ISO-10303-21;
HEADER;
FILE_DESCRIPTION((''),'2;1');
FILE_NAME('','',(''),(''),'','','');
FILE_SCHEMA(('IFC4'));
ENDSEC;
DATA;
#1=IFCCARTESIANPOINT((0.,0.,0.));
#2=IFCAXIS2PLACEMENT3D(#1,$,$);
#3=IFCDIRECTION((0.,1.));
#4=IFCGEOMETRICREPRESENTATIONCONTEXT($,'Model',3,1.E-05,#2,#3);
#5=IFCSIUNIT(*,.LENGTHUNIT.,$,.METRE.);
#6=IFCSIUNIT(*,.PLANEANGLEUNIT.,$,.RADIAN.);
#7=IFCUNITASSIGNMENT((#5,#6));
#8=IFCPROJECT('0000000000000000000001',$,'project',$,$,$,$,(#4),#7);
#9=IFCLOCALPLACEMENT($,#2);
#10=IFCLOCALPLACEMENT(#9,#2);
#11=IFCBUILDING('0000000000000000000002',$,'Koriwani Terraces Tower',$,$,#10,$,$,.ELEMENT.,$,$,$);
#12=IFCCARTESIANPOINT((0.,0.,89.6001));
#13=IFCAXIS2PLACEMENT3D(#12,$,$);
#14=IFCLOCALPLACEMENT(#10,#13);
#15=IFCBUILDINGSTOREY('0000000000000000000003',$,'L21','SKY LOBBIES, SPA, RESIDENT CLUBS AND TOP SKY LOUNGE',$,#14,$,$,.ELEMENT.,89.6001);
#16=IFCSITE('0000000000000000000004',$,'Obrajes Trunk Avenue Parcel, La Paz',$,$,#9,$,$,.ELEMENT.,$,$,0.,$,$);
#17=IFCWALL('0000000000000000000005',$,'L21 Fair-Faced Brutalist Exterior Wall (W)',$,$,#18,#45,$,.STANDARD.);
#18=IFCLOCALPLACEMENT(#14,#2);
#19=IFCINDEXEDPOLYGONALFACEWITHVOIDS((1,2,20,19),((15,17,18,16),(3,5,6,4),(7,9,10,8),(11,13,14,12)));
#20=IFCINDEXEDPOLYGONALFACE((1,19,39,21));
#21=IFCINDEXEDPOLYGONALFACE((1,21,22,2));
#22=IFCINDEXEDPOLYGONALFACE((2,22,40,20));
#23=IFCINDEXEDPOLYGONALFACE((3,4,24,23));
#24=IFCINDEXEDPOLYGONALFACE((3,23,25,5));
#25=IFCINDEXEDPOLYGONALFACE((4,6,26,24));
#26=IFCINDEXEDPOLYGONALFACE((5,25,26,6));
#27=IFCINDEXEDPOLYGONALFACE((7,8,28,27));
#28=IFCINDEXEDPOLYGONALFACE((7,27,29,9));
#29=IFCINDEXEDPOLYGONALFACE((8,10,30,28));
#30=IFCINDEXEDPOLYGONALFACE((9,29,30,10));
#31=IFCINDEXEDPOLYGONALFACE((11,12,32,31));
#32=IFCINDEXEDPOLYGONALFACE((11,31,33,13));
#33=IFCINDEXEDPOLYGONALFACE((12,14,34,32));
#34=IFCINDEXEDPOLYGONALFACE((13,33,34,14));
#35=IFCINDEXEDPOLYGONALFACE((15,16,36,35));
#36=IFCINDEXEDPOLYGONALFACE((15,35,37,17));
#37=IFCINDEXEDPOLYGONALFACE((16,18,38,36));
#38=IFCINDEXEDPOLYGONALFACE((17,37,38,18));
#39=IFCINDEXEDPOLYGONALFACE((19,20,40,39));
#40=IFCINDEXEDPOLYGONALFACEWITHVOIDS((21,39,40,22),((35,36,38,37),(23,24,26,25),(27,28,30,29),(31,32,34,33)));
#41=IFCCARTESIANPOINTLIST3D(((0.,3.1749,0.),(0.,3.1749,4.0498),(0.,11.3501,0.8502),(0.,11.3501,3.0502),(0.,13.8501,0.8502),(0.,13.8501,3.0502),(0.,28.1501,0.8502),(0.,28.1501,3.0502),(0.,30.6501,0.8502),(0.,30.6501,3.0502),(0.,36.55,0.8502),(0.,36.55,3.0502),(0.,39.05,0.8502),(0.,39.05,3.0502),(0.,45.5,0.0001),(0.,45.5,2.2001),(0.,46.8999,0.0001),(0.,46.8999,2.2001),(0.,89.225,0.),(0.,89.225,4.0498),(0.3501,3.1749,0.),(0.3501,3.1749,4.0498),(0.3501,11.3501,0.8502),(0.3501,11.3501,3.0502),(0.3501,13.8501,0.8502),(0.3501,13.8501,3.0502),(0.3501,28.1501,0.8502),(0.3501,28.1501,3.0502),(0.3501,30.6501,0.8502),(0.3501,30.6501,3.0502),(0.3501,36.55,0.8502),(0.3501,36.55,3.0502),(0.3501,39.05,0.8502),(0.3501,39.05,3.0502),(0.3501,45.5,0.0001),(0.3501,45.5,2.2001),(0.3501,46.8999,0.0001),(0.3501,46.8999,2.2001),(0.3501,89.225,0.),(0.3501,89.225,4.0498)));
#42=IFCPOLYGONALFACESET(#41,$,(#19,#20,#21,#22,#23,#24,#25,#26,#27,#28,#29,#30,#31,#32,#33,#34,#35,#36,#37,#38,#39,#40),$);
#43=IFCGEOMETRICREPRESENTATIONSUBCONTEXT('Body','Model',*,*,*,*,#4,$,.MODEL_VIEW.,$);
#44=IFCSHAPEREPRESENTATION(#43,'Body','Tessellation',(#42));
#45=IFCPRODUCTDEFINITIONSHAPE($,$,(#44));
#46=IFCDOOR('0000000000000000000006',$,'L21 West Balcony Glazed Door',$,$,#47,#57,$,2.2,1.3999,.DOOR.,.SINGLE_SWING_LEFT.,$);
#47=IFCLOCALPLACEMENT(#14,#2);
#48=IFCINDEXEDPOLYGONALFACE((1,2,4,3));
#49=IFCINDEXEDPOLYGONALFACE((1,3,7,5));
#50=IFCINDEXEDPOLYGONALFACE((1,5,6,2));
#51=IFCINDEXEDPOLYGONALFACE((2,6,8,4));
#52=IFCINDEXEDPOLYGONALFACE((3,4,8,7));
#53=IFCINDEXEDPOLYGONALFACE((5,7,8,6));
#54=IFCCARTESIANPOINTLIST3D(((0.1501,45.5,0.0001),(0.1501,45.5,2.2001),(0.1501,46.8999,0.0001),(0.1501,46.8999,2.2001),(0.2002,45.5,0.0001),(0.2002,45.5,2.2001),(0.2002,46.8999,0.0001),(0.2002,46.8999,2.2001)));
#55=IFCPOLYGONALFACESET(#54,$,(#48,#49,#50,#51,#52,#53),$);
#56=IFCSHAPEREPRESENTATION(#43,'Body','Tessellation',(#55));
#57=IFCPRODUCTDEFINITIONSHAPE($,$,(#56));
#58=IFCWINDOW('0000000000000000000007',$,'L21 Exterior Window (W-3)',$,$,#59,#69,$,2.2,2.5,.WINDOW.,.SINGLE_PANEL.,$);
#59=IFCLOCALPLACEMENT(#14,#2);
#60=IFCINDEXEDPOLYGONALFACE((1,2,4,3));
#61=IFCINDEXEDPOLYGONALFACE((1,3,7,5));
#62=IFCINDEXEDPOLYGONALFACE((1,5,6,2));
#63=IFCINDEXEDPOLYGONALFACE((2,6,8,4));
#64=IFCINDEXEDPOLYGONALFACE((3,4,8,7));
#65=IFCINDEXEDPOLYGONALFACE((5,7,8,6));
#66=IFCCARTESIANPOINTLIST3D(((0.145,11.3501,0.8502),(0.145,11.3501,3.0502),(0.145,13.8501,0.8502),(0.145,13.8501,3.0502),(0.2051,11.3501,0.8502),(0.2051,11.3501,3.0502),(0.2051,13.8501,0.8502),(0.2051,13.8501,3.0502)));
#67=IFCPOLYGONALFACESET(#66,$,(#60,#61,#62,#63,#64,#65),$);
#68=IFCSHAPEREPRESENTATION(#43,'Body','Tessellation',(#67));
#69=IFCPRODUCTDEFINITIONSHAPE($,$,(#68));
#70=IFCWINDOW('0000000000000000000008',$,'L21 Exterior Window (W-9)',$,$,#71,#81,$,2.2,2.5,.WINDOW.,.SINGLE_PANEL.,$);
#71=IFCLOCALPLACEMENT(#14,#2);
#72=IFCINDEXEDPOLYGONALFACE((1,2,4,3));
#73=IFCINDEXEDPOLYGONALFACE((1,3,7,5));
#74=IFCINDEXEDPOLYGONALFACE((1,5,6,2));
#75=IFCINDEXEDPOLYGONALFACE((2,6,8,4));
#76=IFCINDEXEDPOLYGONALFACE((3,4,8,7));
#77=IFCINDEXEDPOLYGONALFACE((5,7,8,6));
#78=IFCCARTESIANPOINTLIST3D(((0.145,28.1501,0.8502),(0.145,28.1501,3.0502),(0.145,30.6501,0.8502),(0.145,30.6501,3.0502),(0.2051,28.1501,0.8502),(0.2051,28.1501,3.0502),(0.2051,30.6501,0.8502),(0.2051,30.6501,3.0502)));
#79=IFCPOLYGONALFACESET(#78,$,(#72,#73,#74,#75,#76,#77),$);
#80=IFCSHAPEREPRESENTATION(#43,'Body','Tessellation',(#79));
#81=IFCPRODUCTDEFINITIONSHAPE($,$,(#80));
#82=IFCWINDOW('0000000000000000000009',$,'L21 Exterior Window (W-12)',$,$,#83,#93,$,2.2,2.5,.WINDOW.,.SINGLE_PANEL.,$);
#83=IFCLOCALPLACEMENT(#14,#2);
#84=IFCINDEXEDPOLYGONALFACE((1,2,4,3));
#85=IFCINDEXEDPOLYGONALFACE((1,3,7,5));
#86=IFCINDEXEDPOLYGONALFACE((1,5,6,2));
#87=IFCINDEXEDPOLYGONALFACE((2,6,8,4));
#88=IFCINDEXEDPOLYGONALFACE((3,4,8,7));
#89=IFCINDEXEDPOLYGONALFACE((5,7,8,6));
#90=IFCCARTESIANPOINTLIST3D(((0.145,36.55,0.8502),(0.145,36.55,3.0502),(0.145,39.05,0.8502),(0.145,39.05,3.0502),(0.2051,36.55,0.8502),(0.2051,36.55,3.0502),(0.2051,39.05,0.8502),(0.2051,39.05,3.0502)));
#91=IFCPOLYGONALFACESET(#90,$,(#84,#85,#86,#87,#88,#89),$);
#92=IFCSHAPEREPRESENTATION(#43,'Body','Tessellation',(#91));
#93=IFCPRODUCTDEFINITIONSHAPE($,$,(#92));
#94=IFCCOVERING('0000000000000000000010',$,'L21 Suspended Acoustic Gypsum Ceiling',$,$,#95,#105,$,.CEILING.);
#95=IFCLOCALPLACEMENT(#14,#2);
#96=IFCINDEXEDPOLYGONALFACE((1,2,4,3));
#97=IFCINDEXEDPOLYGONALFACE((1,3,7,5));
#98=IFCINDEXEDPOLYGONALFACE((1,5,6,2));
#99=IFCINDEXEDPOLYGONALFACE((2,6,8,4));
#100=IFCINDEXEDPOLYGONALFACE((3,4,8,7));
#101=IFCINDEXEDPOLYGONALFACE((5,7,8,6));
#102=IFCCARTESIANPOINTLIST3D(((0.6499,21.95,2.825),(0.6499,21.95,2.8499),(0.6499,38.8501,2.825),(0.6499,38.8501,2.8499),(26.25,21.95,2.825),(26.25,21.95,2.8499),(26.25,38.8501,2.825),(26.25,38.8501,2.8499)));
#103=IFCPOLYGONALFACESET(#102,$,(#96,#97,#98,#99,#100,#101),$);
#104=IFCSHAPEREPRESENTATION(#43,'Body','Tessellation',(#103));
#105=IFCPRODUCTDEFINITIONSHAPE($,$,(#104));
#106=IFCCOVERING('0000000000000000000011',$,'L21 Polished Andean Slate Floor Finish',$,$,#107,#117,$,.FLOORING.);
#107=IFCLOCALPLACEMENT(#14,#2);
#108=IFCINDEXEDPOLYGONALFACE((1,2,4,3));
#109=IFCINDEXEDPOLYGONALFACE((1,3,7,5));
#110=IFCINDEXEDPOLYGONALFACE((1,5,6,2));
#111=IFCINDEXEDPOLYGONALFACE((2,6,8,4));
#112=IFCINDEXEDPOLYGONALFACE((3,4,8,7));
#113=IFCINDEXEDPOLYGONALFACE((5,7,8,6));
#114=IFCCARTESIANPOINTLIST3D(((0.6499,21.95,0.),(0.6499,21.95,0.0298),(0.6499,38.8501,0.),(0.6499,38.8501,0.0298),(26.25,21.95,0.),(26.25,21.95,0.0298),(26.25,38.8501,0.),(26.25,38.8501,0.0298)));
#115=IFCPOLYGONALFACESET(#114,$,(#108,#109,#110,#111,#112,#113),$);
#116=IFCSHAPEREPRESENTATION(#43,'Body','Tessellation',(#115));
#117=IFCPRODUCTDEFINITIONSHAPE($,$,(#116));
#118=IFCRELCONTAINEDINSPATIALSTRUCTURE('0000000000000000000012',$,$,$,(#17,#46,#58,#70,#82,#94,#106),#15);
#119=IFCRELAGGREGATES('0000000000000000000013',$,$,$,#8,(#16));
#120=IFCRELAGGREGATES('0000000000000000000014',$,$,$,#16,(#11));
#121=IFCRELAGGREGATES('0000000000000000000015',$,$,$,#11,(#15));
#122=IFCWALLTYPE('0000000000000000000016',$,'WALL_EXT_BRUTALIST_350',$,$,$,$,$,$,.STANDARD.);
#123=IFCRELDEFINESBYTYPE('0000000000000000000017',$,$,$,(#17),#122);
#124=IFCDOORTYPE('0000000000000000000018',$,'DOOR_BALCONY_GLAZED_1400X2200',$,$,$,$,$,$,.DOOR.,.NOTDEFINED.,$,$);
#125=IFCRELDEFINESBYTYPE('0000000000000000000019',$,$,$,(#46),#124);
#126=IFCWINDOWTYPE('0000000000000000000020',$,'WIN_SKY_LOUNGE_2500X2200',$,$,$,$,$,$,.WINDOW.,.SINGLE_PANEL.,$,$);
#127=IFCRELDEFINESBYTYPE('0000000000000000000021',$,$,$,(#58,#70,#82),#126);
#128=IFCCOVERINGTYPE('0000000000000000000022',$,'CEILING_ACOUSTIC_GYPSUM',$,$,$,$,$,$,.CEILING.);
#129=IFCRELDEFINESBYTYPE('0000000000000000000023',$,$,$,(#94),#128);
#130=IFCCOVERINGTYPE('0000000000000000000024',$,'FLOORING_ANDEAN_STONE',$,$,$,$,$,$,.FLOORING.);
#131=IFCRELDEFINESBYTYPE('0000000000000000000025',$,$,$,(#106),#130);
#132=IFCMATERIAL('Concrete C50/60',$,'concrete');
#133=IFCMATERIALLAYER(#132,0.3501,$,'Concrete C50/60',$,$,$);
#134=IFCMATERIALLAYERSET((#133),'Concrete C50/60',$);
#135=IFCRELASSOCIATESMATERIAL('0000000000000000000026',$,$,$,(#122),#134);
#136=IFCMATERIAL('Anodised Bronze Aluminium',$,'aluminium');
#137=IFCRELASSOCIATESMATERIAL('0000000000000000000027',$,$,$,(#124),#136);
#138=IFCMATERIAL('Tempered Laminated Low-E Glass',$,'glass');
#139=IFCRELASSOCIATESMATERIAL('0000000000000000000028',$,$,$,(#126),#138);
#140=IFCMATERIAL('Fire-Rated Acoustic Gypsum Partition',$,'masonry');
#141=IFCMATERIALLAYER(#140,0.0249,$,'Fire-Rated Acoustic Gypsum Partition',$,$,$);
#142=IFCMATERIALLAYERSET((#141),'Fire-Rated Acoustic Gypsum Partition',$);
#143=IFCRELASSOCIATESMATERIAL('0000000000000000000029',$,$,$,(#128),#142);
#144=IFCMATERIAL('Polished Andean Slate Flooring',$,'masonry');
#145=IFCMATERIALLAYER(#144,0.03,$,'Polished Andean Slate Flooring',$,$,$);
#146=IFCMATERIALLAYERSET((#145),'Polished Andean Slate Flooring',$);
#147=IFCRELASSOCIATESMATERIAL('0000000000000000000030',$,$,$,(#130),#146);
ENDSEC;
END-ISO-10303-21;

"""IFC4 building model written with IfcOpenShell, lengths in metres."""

from ifc_helpers import new_model, si_unit, direction, frame, frame_2d, origin, place, context, subcontext, project, spatial, polyline, rectangle, outline, extrude, material, layer, layer_set, type_object, element, fill, save


model = new_model("IFC4")

# Units and contexts
model_context = context("Model", 3, precision=1e-05, world=origin(), true_north=direction((0.0, 1.0)))
body_context = subcontext(model_context, "Body", "Model", "MODEL_VIEW")
ifc_project = project(units=[si_unit("LENGTHUNIT", "METRE"), si_unit("PLANEANGLEUNIT", "RADIAN")], contexts=[model_context])

# Site, building, storey
site_placement = place(None, origin())
site = spatial("IfcSite", under=ifc_project, at=site_placement, Name="Obrajes Trunk Avenue Parcel, La Paz", CompositionType="ELEMENT", RefElevation=0.0)
building_placement = place(site_placement, origin())
building = spatial("IfcBuilding", under=site, at=building_placement, Name="Koriwani Terraces Tower", CompositionType="ELEMENT")
storey_placement = place(building_placement, frame((0.0, 0.0, 89.6001)))
storey = spatial("IfcBuildingStorey", under=building, at=storey_placement, Name="L21", Description="SKY LOBBIES, SPA, RESIDENT CLUBS AND TOP SKY LOUNGE", CompositionType="ELEMENT", Elevation=89.6001)

# Shared definitions
ifc_material_1 = material(Name="Concrete C50/60", Category="concrete")

# Shared definitions
ifc_layer_1 = layer(ifc_material_1, 0.3501, Name="Concrete C50/60")
ifc_layer_set_1 = layer_set([ifc_layer_1], Name="Concrete C50/60")
wall_type_1 = type_object("IfcWallType", Name="WALL_EXT_BRUTALIST_350", PredefinedType="STANDARD", material=ifc_layer_set_1)

# Wall, openings, door, windows
wall_1_placement = place(storey_placement, frame((0.175, 3.175, 0.0), z_axis=(0.0, 0.0, 1.0), x_axis=(0.0, 1.0, 0.0)))
wall_1 = element("IfcWall", 1, at=wall_1_placement, inside=storey, type_object=wall_type_1, Name="L21 Fair-Faced Brutalist Exterior Wall (W)", PredefinedType="STANDARD", context=body_context, shape_type="SweptSolid", body=[
    extrude(rectangle(XDim=86.05, YDim=0.3501, at=frame_2d((43.0249, 0.0))), origin(), (0.0, 0.0, 1.0), 4.0498),
])
opening_1_placement = place(wall_1_placement, frame((42.325, 0.0, 0.0)))
opening_1 = element("IfcOpeningElement", 2, at=opening_1_placement, cuts=wall_1, PredefinedType="OPENING", context=body_context, shape_type="SweptSolid", body=[
    extrude(rectangle(XDim=1.3999, YDim=2.2, at=frame_2d((0.7, 1.1001))), frame((0.0, 0.1851, 0.0), z_axis=(0.0, -1.0, 0.0), x_axis=(1.0, 0.0, 0.0)), (0.0, 0.0, 1.0), 0.3701),
])
opening_2_placement = place(wall_1_placement, frame((8.175, 0.0, 0.8501)))
opening_2 = element("IfcOpeningElement", 3, at=opening_2_placement, cuts=wall_1, PredefinedType="OPENING", context=body_context, shape_type="SweptSolid", body=[
    extrude(rectangle(XDim=2.5, YDim=2.2, at=frame_2d((1.25, 1.1001))), frame((0.0, 0.1851, 0.0), z_axis=(0.0, -1.0, 0.0), x_axis=(1.0, 0.0, 0.0)), (0.0, 0.0, 1.0), 0.3701),
])
opening_3_placement = place(wall_1_placement, frame((24.9751, 0.0, 0.8501)))
opening_3 = element("IfcOpeningElement", 4, at=opening_3_placement, cuts=wall_1, PredefinedType="OPENING", context=body_context, shape_type="SweptSolid", body=[
    extrude(rectangle(XDim=2.5, YDim=2.2, at=frame_2d((1.25, 1.1001))), frame((0.0, 0.1851, 0.0), z_axis=(0.0, -1.0, 0.0), x_axis=(1.0, 0.0, 0.0)), (0.0, 0.0, 1.0), 0.3701),
])
opening_4_placement = place(wall_1_placement, frame((33.375, 0.0, 0.8501)))
opening_4 = element("IfcOpeningElement", 5, at=opening_4_placement, cuts=wall_1, PredefinedType="OPENING", context=body_context, shape_type="SweptSolid", body=[
    extrude(rectangle(XDim=2.5, YDim=2.2, at=frame_2d((1.25, 1.1001))), frame((0.0, 0.1851, 0.0), z_axis=(0.0, -1.0, 0.0), x_axis=(1.0, 0.0, 0.0)), (0.0, 0.0, 1.0), 0.3701),
])
ifc_material_2 = material(Name="Anodised Bronze Aluminium", Category="aluminium")
door_type = type_object("IfcDoorType", Name="DOOR_BALCONY_GLAZED_1400X2200", OperationType="NOTDEFINED", PredefinedType="DOOR", material=ifc_material_2)
door_placement = place(opening_1_placement, origin())
door = element("IfcDoor", 6, at=door_placement, inside=storey, type_object=door_type, Name="L21 West Balcony Glazed Door", OperationType="SINGLE_SWING_LEFT", OverallHeight=2.2, OverallWidth=1.3999, PredefinedType="DOOR", context=body_context, shape_type="SweptSolid", body=[
    extrude(rectangle(XDim=1.3999, YDim=2.2, at=frame_2d((0.7, 1.1001))), frame((0.0, 0.0249, 0.0), z_axis=(0.0, -1.0, 0.0), x_axis=(1.0, 0.0, 0.0)), (0.0, 0.0, 1.0), 0.05),
])
fill(opening_1, door)
ifc_material_3 = material(Name="Tempered Laminated Low-E Glass", Category="glass")
window_type = type_object("IfcWindowType", Name="WIN_SKY_LOUNGE_2500X2200", PartitioningType="SINGLE_PANEL", PredefinedType="WINDOW", material=ifc_material_3)
window_1_placement = place(opening_2_placement, origin())
window_1 = element("IfcWindow", 7, at=window_1_placement, inside=storey, type_object=window_type, Name="L21 Exterior Window (W-3)", OverallHeight=2.2, OverallWidth=2.5, PartitioningType="SINGLE_PANEL", PredefinedType="WINDOW", context=body_context, shape_type="SweptSolid", body=[
    extrude(rectangle(XDim=2.5, YDim=2.2, at=frame_2d((1.25, 1.1001))), frame((0.0, 0.03, 0.0), z_axis=(0.0, -1.0, 0.0), x_axis=(1.0, 0.0, 0.0)), (0.0, 0.0, 1.0), 0.0601),
])
fill(opening_2, window_1)
window_2_placement = place(opening_3_placement, origin())
window_2 = element("IfcWindow", 8, at=window_2_placement, inside=storey, type_object=window_type, Name="L21 Exterior Window (W-9)", OverallHeight=2.2, OverallWidth=2.5, PartitioningType="SINGLE_PANEL", PredefinedType="WINDOW", context=body_context, shape_type="SweptSolid", body=[
    extrude(rectangle(XDim=2.5, YDim=2.2, at=frame_2d((1.25, 1.1001))), frame((0.0, 0.03, 0.0), z_axis=(0.0, -1.0, 0.0), x_axis=(1.0, 0.0, 0.0)), (0.0, 0.0, 1.0), 0.0601),
])
fill(opening_3, window_2)
window_3_placement = place(opening_4_placement, origin())
window_3 = element("IfcWindow", 9, at=window_3_placement, inside=storey, type_object=window_type, Name="L21 Exterior Window (W-12)", OverallHeight=2.2, OverallWidth=2.5, PartitioningType="SINGLE_PANEL", PredefinedType="WINDOW", context=body_context, shape_type="SweptSolid", body=[
    extrude(rectangle(XDim=2.5, YDim=2.2, at=frame_2d((1.25, 1.1001))), frame((0.0, 0.03, 0.0), z_axis=(0.0, -1.0, 0.0), x_axis=(1.0, 0.0, 0.0)), (0.0, 0.0, 1.0), 0.0601),
])
fill(opening_4, window_3)

# Coverings
ifc_material_4 = material(Name="Fire-Rated Acoustic Gypsum Partition", Category="masonry")
ifc_layer_2 = layer(ifc_material_4, 0.0249, Name="Fire-Rated Acoustic Gypsum Partition")
ifc_layer_set_2 = layer_set([ifc_layer_2], Name="Fire-Rated Acoustic Gypsum Partition")
covering_type_1 = type_object("IfcCoveringType", Name="CEILING_ACOUSTIC_GYPSUM", PredefinedType="CEILING", material=ifc_layer_set_2)
covering_1_placement = place(storey_placement, frame((0.0, 0.0, 2.825)))
element("IfcCovering", 10, at=covering_1_placement, inside=storey, type_object=covering_type_1, Name="L21 Suspended Acoustic Gypsum Ceiling", PredefinedType="CEILING", context=body_context, shape_type="SweptSolid", body=[
    extrude(outline(polyline([(0.6499, 21.95), (0.6499, 38.8501), (26.25, 38.8501), (26.25, 21.95), (0.6499, 21.95)])), origin(), (0.0, 0.0, 1.0), 0.0249),
])
ifc_material_5 = material(Name="Polished Andean Slate Flooring", Category="masonry")
ifc_layer_3 = layer(ifc_material_5, 0.03, Name="Polished Andean Slate Flooring")
ifc_layer_set_3 = layer_set([ifc_layer_3], Name="Polished Andean Slate Flooring")
covering_type_2 = type_object("IfcCoveringType", Name="FLOORING_ANDEAN_STONE", PredefinedType="FLOORING", material=ifc_layer_set_3)
covering_2_placement = place(storey_placement, origin())
element("IfcCovering", 11, at=covering_2_placement, inside=storey, type_object=covering_type_2, Name="L21 Polished Andean Slate Floor Finish", PredefinedType="FLOORING", context=body_context, shape_type="SweptSolid", body=[
    extrude(outline(polyline([(0.6499, 21.95), (0.6499, 38.8501), (26.25, 38.8501), (26.25, 21.95), (0.6499, 21.95)])), origin(), (0.0, 0.0, 1.0), 0.0298),
])

save(model, "model.ifc")
